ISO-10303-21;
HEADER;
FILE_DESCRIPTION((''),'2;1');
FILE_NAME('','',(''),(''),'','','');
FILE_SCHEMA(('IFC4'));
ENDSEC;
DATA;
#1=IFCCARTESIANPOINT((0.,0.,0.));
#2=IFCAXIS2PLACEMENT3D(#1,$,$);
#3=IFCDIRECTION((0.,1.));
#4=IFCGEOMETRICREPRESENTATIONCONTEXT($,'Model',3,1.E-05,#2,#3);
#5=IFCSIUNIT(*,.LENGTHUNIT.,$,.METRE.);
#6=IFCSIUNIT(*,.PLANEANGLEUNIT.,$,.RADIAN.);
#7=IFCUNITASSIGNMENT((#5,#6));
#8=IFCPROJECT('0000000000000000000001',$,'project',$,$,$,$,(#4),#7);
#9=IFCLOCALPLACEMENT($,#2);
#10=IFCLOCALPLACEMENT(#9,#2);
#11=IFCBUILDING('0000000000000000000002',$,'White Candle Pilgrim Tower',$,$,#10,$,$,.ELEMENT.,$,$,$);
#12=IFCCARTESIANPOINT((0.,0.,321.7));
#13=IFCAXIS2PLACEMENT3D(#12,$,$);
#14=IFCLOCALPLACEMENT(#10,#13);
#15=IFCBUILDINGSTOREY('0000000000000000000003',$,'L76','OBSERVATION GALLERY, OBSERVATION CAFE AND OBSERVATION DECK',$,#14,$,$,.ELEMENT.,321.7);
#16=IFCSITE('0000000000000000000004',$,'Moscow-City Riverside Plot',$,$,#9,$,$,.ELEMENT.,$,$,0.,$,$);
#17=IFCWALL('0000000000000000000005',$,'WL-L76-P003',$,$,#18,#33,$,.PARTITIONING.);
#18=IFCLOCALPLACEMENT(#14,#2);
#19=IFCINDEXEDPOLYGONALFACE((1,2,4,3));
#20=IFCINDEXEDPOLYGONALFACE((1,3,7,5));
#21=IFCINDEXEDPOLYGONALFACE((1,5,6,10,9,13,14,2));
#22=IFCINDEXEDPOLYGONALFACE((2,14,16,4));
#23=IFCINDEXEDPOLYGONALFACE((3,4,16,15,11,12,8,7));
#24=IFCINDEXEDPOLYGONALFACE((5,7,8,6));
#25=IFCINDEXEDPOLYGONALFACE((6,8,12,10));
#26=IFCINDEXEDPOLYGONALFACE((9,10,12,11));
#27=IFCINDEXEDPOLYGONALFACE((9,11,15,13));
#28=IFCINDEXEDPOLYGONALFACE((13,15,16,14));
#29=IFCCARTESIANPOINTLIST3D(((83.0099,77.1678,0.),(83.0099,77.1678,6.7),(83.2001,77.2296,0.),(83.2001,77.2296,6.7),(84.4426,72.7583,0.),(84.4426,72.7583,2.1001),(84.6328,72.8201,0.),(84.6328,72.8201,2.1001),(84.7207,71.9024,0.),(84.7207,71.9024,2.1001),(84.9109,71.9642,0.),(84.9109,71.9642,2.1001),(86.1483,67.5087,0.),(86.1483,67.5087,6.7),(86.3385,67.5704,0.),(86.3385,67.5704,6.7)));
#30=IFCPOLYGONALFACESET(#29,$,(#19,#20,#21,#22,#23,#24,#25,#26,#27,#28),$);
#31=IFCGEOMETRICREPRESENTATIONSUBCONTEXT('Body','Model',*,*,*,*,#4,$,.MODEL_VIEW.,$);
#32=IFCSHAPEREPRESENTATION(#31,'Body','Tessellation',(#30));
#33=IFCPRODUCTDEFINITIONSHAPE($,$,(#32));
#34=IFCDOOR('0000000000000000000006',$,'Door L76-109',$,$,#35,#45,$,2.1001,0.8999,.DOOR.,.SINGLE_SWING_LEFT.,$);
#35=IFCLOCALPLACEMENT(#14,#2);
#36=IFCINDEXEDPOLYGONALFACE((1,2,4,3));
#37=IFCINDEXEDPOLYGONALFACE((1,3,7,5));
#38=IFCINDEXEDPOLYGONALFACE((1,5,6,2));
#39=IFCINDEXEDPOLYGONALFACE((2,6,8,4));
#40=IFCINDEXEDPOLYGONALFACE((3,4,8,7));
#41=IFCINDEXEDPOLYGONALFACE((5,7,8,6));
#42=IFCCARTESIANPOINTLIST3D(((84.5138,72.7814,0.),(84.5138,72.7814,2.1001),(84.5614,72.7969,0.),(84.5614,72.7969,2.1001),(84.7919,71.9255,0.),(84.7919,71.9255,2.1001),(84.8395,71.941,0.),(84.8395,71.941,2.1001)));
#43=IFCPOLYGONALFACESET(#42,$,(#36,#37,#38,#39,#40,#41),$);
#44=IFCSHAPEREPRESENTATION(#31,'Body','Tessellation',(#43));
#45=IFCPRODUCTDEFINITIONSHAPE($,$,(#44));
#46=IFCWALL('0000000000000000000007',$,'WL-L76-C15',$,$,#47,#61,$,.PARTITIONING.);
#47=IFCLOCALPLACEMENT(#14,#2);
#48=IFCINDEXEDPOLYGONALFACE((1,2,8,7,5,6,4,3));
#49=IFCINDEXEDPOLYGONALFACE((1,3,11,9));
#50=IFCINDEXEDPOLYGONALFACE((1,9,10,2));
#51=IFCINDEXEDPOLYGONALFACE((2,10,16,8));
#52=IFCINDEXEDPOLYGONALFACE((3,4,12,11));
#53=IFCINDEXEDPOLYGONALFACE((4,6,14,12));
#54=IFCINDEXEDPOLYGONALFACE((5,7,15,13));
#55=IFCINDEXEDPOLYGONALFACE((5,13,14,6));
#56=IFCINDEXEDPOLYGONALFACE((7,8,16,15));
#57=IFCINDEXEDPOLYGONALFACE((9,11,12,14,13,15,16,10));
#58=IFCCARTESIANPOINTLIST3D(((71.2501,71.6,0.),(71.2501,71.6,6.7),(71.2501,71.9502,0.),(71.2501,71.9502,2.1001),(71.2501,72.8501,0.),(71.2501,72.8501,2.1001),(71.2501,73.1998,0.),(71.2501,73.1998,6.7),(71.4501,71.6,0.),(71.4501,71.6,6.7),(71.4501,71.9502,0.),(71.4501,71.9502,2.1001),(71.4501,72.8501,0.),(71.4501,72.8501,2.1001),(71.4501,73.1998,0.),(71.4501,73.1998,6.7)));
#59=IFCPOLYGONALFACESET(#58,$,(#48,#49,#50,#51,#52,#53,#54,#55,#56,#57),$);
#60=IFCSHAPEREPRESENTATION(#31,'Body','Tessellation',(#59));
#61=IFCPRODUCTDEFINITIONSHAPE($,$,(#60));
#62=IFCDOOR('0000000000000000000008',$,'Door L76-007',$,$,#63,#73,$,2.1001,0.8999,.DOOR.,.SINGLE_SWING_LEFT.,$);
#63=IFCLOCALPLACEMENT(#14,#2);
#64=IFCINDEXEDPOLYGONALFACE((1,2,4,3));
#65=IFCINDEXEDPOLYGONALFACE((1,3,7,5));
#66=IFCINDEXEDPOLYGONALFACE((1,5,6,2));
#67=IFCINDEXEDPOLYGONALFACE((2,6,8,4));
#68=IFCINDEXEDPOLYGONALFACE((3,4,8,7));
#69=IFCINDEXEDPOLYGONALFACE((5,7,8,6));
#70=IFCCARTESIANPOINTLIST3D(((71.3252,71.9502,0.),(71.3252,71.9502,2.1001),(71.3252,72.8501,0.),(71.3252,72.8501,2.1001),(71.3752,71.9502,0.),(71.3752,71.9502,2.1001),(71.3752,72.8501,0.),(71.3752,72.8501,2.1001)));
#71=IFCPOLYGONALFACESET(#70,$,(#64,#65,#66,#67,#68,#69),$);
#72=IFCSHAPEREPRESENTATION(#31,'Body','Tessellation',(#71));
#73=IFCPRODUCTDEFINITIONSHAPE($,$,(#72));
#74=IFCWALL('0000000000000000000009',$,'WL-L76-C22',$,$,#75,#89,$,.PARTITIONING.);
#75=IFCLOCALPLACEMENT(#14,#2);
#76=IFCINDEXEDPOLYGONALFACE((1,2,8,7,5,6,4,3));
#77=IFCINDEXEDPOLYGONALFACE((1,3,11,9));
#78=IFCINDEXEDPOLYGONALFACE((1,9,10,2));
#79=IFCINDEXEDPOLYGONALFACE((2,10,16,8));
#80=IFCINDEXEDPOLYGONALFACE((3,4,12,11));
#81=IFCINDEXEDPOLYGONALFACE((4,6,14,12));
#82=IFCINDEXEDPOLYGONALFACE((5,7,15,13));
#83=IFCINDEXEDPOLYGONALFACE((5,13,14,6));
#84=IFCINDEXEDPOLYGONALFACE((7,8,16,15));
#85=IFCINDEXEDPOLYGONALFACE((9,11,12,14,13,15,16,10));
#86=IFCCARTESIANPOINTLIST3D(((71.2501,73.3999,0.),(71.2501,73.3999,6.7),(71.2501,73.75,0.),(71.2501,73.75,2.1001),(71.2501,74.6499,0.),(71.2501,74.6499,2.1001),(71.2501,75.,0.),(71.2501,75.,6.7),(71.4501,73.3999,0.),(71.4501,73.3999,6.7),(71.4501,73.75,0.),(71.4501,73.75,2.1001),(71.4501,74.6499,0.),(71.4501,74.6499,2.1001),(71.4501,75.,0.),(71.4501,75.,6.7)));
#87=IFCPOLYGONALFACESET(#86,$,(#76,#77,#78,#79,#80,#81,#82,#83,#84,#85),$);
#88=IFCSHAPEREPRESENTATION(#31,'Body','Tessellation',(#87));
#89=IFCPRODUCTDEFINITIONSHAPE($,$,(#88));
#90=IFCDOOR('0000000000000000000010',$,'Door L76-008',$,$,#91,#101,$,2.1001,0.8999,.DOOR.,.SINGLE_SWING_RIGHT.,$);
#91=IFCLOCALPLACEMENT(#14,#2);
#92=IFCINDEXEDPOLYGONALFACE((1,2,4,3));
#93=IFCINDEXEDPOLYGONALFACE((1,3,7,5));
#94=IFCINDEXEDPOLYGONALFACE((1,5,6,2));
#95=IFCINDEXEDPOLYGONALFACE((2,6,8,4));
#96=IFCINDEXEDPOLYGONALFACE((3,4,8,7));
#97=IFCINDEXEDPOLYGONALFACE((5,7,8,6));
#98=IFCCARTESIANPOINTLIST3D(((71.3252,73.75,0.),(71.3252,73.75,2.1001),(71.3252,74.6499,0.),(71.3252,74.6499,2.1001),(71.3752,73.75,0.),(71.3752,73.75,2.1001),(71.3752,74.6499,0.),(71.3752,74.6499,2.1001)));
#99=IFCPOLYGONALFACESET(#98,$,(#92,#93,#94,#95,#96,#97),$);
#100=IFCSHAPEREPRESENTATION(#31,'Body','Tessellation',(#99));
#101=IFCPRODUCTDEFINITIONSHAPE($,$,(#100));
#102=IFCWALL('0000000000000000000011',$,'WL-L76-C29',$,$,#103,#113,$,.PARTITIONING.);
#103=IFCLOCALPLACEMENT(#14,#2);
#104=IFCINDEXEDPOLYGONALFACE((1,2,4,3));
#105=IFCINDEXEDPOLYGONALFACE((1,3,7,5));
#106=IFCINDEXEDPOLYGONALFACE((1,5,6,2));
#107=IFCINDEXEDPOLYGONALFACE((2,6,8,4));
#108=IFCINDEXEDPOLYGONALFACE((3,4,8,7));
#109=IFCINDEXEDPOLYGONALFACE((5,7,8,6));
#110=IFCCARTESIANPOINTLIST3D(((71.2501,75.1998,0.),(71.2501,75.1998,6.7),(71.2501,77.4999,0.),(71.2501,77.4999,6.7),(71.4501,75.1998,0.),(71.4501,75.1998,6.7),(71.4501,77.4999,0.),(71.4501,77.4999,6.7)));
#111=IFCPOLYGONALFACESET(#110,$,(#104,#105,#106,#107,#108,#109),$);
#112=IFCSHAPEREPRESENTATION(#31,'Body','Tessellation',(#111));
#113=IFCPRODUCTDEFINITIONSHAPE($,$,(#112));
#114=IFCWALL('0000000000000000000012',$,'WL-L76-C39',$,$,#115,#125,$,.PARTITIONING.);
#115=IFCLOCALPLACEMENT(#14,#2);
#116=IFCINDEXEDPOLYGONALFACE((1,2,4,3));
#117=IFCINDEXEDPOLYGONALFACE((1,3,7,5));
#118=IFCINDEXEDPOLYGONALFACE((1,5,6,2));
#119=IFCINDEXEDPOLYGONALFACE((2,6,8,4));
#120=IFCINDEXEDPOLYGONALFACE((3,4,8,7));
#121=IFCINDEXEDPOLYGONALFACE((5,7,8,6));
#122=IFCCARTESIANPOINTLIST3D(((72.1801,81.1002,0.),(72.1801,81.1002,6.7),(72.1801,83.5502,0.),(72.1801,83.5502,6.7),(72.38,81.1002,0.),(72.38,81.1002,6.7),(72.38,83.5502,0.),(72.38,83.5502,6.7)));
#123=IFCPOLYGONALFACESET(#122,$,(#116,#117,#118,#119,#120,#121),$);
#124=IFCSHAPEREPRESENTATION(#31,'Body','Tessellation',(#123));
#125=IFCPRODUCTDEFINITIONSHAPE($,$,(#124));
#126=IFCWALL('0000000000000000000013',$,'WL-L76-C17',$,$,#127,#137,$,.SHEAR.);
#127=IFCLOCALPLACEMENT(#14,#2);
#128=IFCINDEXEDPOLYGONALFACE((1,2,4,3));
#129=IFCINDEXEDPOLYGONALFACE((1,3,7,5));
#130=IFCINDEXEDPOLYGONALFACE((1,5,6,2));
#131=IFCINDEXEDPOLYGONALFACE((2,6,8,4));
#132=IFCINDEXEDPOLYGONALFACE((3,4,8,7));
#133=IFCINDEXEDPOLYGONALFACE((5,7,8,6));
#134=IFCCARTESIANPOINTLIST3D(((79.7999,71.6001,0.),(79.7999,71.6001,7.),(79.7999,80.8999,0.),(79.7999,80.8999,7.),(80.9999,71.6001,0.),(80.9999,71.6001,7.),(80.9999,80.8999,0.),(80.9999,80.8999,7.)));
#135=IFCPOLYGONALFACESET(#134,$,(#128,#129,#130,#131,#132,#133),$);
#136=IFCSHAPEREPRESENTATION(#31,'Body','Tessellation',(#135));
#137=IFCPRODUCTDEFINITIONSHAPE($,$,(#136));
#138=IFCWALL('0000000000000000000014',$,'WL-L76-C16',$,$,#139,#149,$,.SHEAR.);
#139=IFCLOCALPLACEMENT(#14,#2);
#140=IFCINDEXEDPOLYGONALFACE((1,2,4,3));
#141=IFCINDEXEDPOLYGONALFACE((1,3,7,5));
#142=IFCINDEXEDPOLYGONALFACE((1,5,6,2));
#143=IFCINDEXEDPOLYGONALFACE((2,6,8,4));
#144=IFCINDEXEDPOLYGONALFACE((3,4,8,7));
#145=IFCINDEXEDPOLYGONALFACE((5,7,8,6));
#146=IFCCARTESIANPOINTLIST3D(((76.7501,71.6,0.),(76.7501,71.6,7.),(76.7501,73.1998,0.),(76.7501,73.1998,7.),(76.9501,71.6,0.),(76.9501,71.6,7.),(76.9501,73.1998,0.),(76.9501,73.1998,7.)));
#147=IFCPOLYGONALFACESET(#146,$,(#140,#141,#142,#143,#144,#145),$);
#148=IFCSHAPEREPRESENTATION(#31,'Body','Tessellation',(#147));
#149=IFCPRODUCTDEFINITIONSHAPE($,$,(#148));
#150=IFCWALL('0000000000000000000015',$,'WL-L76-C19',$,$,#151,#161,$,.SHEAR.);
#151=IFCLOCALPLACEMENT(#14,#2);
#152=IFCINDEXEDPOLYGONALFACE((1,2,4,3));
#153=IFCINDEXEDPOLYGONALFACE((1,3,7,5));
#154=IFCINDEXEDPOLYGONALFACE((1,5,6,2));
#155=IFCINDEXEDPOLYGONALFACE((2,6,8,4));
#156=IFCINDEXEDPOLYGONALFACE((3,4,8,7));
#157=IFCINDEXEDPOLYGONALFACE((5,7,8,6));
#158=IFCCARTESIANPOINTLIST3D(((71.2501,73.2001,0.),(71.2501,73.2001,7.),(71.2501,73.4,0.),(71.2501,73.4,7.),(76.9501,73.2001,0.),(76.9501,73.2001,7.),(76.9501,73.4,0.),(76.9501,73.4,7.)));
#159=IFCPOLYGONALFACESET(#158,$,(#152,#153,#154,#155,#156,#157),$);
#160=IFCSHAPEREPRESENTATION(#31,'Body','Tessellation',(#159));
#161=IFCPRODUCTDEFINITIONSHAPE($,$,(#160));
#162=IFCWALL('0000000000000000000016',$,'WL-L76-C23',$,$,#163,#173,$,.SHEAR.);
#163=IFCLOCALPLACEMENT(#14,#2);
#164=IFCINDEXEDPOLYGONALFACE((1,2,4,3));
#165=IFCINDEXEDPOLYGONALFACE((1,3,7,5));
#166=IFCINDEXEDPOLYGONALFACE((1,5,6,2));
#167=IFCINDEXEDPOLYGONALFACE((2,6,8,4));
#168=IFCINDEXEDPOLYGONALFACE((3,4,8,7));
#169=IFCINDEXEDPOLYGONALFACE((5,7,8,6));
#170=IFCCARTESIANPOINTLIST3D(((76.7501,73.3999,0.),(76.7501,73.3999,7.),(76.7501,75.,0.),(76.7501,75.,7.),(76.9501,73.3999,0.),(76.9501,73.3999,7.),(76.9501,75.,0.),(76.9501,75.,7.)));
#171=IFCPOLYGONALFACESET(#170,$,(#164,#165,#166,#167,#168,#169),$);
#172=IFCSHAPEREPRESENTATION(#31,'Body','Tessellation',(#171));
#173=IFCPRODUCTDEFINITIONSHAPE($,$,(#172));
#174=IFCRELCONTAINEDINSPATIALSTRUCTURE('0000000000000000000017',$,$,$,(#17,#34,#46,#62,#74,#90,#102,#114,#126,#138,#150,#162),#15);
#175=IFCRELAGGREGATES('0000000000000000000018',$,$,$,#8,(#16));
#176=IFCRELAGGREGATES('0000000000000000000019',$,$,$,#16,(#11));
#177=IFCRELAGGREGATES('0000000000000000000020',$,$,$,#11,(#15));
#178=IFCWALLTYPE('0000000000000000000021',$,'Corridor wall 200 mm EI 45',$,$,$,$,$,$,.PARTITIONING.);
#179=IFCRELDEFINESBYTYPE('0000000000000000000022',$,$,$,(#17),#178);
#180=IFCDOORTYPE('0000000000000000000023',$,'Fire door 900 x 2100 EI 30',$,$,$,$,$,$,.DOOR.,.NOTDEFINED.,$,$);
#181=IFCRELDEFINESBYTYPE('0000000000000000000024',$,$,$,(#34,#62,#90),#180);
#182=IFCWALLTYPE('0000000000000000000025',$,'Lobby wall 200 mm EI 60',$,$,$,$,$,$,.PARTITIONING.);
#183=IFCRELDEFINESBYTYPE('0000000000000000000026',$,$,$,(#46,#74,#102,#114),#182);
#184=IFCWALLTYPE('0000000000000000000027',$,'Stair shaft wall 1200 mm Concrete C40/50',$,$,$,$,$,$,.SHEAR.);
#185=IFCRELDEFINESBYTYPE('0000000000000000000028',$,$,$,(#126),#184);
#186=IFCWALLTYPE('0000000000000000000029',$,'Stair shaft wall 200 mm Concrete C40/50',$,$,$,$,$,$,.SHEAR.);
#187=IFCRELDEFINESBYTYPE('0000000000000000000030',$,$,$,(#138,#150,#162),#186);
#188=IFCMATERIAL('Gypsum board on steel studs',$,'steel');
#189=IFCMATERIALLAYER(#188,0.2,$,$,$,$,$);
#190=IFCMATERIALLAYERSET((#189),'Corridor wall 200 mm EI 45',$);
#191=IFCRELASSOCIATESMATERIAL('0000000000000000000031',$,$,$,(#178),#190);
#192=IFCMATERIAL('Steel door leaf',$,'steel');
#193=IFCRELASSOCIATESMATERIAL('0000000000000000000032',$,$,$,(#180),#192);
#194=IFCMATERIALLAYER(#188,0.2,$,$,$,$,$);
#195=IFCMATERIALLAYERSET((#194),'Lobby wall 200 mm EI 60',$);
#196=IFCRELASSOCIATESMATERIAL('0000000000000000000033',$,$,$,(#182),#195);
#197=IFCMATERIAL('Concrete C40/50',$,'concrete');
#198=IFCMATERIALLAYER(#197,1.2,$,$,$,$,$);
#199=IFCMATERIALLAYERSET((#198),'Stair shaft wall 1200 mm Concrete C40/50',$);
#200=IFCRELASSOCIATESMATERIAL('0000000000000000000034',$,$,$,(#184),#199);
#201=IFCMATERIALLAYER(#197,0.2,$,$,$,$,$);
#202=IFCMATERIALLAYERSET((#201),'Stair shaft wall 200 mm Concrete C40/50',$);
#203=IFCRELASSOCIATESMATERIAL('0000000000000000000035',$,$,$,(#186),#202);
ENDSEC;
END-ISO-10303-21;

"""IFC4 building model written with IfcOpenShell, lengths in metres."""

from ifc_helpers import new_model, si_unit, direction, frame, frame_2d, origin, place, context, subcontext, project, spatial, rectangle, extrude, material, layer, layer_set, type_object, element, fill, save


model = new_model("IFC4")

# Units and contexts
model_context = context("Model", 3, precision=1e-05, world=origin(), true_north=direction((0.0, 1.0)))
body_context = subcontext(model_context, "Body", "Model", "MODEL_VIEW")
ifc_project = project(units=[si_unit("LENGTHUNIT", "METRE"), si_unit("PLANEANGLEUNIT", "RADIAN")], contexts=[model_context])

# Site, building, storey
site_placement = place(None, origin())
site = spatial("IfcSite", under=ifc_project, at=site_placement, Name="Moscow-City Riverside Plot", CompositionType="ELEMENT", RefElevation=0.0)
building_placement = place(site_placement, origin())
building = spatial("IfcBuilding", under=site, at=building_placement, Name="White Candle Pilgrim Tower", CompositionType="ELEMENT")
storey_placement = place(building_placement, frame((0.0, 0.0, 321.7)))
storey = spatial("IfcBuildingStorey", under=building, at=storey_placement, Name="L76", Description="OBSERVATION GALLERY, OBSERVATION CAFE AND OBSERVATION DECK", CompositionType="ELEMENT", Elevation=321.7)

# Walls, openings, doors
ifc_material_1 = material(Name="Gypsum board on steel studs", Category="steel")
ifc_layer_1 = layer(ifc_material_1, 0.2)
ifc_layer_set_1 = layer_set([ifc_layer_1], Name="Corridor wall 200 mm EI 45")
wall_type_1 = type_object("IfcWallType", Name="Corridor wall 200 mm EI 45", PredefinedType="PARTITIONING", material=ifc_layer_set_1)
wall_1_placement = place(storey_placement, frame((83.105, 77.1987, 0.0), z_axis=(0.0, 0.0, 1.0), x_axis=(0.309014, -0.951057, 0.0)))
wall_1 = element("IfcWall", 1, at=wall_1_placement, inside=storey, type_object=wall_type_1, Name="WL-L76-P003", PredefinedType="PARTITIONING", context=body_context, shape_type="SweptSolid", body=[
    extrude(rectangle(XDim=10.1562, YDim=0.2, at=frame_2d((5.0781, 0.0))), origin(), (0.0, 0.0, 1.0), 6.7),
])
opening_1_placement = place(wall_1_placement, frame((4.6365, 0.0, 0.0)))
opening_1 = element("IfcOpeningElement", 2, at=opening_1_placement, cuts=wall_1, PredefinedType="OPENING", context=body_context, shape_type="SweptSolid", body=[
    extrude(rectangle(XDim=0.8999, YDim=2.1001, at=frame_2d((0.45, 1.05))), frame((0.0, 0.1099, 0.0), z_axis=(0.0, -1.0, 0.0), x_axis=(1.0, 0.0, 0.0)), (0.0, 0.0, 1.0), 0.22),
])
ifc_material_2 = material(Name="Steel door leaf", Category="steel")
door_type = type_object("IfcDoorType", Name="Fire door 900 x 2100 EI 30", OperationType="NOTDEFINED", PredefinedType="DOOR", material=ifc_material_2)
door_1_placement = place(opening_1_placement, origin())
door_1 = element("IfcDoor", 3, at=door_1_placement, inside=storey, type_object=door_type, Name="Door L76-109", OperationType="SINGLE_SWING_LEFT", OverallHeight=2.1001, OverallWidth=0.8999, PredefinedType="DOOR", context=body_context, shape_type="SweptSolid", body=[
    extrude(rectangle(XDim=0.8999, YDim=2.1001, at=frame_2d((0.45, 1.05))), frame((0.0, 0.0249, 0.0), z_axis=(0.0, -1.0, 0.0), x_axis=(1.0, 0.0, 0.0)), (0.0, 0.0, 1.0), 0.05),
])
fill(opening_1, door_1)
ifc_layer_2 = layer(ifc_material_1, 0.2)
ifc_layer_set_2 = layer_set([ifc_layer_2], Name="Lobby wall 200 mm EI 60")
wall_type_2 = type_object("IfcWallType", Name="Lobby wall 200 mm EI 60", PredefinedType="PARTITIONING", material=ifc_layer_set_2)
wall_2_placement = place(storey_placement, frame((71.3501, 71.6001, 0.0), z_axis=(0.0, 0.0, 1.0), x_axis=(0.0, 1.0, 0.0)))
wall_2 = element("IfcWall", 4, at=wall_2_placement, inside=storey, type_object=wall_type_2, Name="WL-L76-C15", PredefinedType="PARTITIONING", context=body_context, shape_type="SweptSolid", body=[
    extrude(rectangle(XDim=1.5999, YDim=0.2, at=frame_2d((0.7998, 0.0))), origin(), (0.0, 0.0, 1.0), 6.7),
])
opening_2_placement = place(wall_2_placement, frame((0.3501, 0.0, 0.0)))
opening_2 = element("IfcOpeningElement", 5, at=opening_2_placement, cuts=wall_2, PredefinedType="OPENING", context=body_context, shape_type="SweptSolid", body=[
    extrude(rectangle(XDim=0.8999, YDim=2.1001, at=frame_2d((0.45, 1.05))), frame((0.0, 0.1099, 0.0), z_axis=(0.0, -1.0, 0.0), x_axis=(1.0, 0.0, 0.0)), (0.0, 0.0, 1.0), 0.22),
])
door_2_placement = place(opening_2_placement, origin())
door_2 = element("IfcDoor", 6, at=door_2_placement, inside=storey, type_object=door_type, Name="Door L76-007", OperationType="SINGLE_SWING_LEFT", OverallHeight=2.1001, OverallWidth=0.8999, PredefinedType="DOOR", context=body_context, shape_type="SweptSolid", body=[
    extrude(rectangle(XDim=0.8999, YDim=2.1001, at=frame_2d((0.45, 1.05))), frame((0.0, 0.0249, 0.0), z_axis=(0.0, -1.0, 0.0), x_axis=(1.0, 0.0, 0.0)), (0.0, 0.0, 1.0), 0.05),
])
fill(opening_2, door_2)
wall_3_placement = place(storey_placement, frame((71.3501, 73.3999, 0.0), z_axis=(0.0, 0.0, 1.0), x_axis=(0.0, 1.0, 0.0)))
wall_3 = element("IfcWall", 7, at=wall_3_placement, inside=storey, type_object=wall_type_2, Name="WL-L76-C22", PredefinedType="PARTITIONING", context=body_context, shape_type="SweptSolid", body=[
    extrude(rectangle(XDim=1.6001, YDim=0.2, at=frame_2d((0.8, 0.0))), origin(), (0.0, 0.0, 1.0), 6.7),
])
opening_3_placement = place(wall_3_placement, frame((0.3501, 0.0, 0.0)))
opening_3 = element("IfcOpeningElement", 8, at=opening_3_placement, cuts=wall_3, PredefinedType="OPENING", context=body_context, shape_type="SweptSolid", body=[
    extrude(rectangle(XDim=0.8999, YDim=2.1001, at=frame_2d((0.45, 1.05))), frame((0.0, 0.1099, 0.0), z_axis=(0.0, -1.0, 0.0), x_axis=(1.0, 0.0, 0.0)), (0.0, 0.0, 1.0), 0.22),
])
door_3_placement = place(opening_3_placement, origin())
door_3 = element("IfcDoor", 9, at=door_3_placement, inside=storey, type_object=door_type, Name="Door L76-008", OperationType="SINGLE_SWING_RIGHT", OverallHeight=2.1001, OverallWidth=0.8999, PredefinedType="DOOR", context=body_context, shape_type="SweptSolid", body=[
    extrude(rectangle(XDim=0.8999, YDim=2.1001, at=frame_2d((0.45, 1.05))), frame((0.0, 0.0249, 0.0), z_axis=(0.0, -1.0, 0.0), x_axis=(1.0, 0.0, 0.0)), (0.0, 0.0, 1.0), 0.05),
])
fill(opening_3, door_3)

# Walls
wall_4_placement = place(storey_placement, frame((71.3501, 75.2, 0.0), z_axis=(0.0, 0.0, 1.0), x_axis=(0.0, 1.0, 0.0)))
element("IfcWall", 10, at=wall_4_placement, inside=storey, type_object=wall_type_2, Name="WL-L76-C29", PredefinedType="PARTITIONING", context=body_context, shape_type="SweptSolid", body=[
    extrude(rectangle(XDim=2.3, YDim=0.2, at=frame_2d((1.1499, 0.0))), origin(), (0.0, 0.0, 1.0), 6.7),
])
wall_5_placement = place(storey_placement, frame((72.28, 81.1001, 0.0), z_axis=(0.0, 0.0, 1.0), x_axis=(0.0, 1.0, 0.0)))
element("IfcWall", 11, at=wall_5_placement, inside=storey, type_object=wall_type_2, Name="WL-L76-C39", PredefinedType="PARTITIONING", context=body_context, shape_type="SweptSolid", body=[
    extrude(rectangle(XDim=2.45, YDim=0.2, at=frame_2d((1.2251, 0.0))), origin(), (0.0, 0.0, 1.0), 6.7),
])
ifc_material_3 = material(Name="Concrete C40/50", Category="concrete")
ifc_layer_3 = layer(ifc_material_3, 1.2)
ifc_layer_set_3 = layer_set([ifc_layer_3], Name="Stair shaft wall 1200 mm Concrete C40/50")
wall_type_3 = type_object("IfcWallType", Name="Stair shaft wall 1200 mm Concrete C40/50", PredefinedType="SHEAR", material=ifc_layer_set_3)
wall_6_placement = place(storey_placement, frame((80.3999, 71.6001, 0.0), z_axis=(0.0, 0.0, 1.0), x_axis=(0.0, 1.0, 0.0)))
element("IfcWall", 12, at=wall_6_placement, inside=storey, type_object=wall_type_3, Name="WL-L76-C17", PredefinedType="SHEAR", context=body_context, shape_type="SweptSolid", body=[
    extrude(rectangle(XDim=9.2998, YDim=1.2, at=frame_2d((4.6499, 0.0))), origin(), (0.0, 0.0, 1.0), 7.0),
])
ifc_layer_4 = layer(ifc_material_3, 0.2)
ifc_layer_set_4 = layer_set([ifc_layer_4], Name="Stair shaft wall 200 mm Concrete C40/50")
wall_type_4 = type_object("IfcWallType", Name="Stair shaft wall 200 mm Concrete C40/50", PredefinedType="SHEAR", material=ifc_layer_set_4)
wall_7_placement = place(storey_placement, frame((76.8501, 71.6001, 0.0), z_axis=(0.0, 0.0, 1.0), x_axis=(0.0, 1.0, 0.0)))
element("IfcWall", 13, at=wall_7_placement, inside=storey, type_object=wall_type_4, Name="WL-L76-C16", PredefinedType="SHEAR", context=body_context, shape_type="SweptSolid", body=[
    extrude(rectangle(XDim=1.5999, YDim=0.2, at=frame_2d((0.7998, 0.0))), origin(), (0.0, 0.0, 1.0), 7.0),
])
wall_8_placement = place(storey_placement, frame((71.25, 73.3, 0.0), z_axis=(0.0, 0.0, 1.0), x_axis=(1.0, 0.0, 0.0)))
element("IfcWall", 14, at=wall_8_placement, inside=storey, type_object=wall_type_4, Name="WL-L76-C19", PredefinedType="SHEAR", context=body_context, shape_type="SweptSolid", body=[
    extrude(rectangle(XDim=5.7, YDim=0.2, at=frame_2d((2.8501, 0.0))), origin(), (0.0, 0.0, 1.0), 7.0),
])
wall_9_placement = place(storey_placement, frame((76.8501, 73.3999, 0.0), z_axis=(0.0, 0.0, 1.0), x_axis=(0.0, 1.0, 0.0)))
element("IfcWall", 15, at=wall_9_placement, inside=storey, type_object=wall_type_4, Name="WL-L76-C23", PredefinedType="SHEAR", context=body_context, shape_type="SweptSolid", body=[
    extrude(rectangle(XDim=1.6001, YDim=0.2, at=frame_2d((0.8, 0.0))), origin(), (0.0, 0.0, 1.0), 7.0),
])

save(model, "model.ifc")
